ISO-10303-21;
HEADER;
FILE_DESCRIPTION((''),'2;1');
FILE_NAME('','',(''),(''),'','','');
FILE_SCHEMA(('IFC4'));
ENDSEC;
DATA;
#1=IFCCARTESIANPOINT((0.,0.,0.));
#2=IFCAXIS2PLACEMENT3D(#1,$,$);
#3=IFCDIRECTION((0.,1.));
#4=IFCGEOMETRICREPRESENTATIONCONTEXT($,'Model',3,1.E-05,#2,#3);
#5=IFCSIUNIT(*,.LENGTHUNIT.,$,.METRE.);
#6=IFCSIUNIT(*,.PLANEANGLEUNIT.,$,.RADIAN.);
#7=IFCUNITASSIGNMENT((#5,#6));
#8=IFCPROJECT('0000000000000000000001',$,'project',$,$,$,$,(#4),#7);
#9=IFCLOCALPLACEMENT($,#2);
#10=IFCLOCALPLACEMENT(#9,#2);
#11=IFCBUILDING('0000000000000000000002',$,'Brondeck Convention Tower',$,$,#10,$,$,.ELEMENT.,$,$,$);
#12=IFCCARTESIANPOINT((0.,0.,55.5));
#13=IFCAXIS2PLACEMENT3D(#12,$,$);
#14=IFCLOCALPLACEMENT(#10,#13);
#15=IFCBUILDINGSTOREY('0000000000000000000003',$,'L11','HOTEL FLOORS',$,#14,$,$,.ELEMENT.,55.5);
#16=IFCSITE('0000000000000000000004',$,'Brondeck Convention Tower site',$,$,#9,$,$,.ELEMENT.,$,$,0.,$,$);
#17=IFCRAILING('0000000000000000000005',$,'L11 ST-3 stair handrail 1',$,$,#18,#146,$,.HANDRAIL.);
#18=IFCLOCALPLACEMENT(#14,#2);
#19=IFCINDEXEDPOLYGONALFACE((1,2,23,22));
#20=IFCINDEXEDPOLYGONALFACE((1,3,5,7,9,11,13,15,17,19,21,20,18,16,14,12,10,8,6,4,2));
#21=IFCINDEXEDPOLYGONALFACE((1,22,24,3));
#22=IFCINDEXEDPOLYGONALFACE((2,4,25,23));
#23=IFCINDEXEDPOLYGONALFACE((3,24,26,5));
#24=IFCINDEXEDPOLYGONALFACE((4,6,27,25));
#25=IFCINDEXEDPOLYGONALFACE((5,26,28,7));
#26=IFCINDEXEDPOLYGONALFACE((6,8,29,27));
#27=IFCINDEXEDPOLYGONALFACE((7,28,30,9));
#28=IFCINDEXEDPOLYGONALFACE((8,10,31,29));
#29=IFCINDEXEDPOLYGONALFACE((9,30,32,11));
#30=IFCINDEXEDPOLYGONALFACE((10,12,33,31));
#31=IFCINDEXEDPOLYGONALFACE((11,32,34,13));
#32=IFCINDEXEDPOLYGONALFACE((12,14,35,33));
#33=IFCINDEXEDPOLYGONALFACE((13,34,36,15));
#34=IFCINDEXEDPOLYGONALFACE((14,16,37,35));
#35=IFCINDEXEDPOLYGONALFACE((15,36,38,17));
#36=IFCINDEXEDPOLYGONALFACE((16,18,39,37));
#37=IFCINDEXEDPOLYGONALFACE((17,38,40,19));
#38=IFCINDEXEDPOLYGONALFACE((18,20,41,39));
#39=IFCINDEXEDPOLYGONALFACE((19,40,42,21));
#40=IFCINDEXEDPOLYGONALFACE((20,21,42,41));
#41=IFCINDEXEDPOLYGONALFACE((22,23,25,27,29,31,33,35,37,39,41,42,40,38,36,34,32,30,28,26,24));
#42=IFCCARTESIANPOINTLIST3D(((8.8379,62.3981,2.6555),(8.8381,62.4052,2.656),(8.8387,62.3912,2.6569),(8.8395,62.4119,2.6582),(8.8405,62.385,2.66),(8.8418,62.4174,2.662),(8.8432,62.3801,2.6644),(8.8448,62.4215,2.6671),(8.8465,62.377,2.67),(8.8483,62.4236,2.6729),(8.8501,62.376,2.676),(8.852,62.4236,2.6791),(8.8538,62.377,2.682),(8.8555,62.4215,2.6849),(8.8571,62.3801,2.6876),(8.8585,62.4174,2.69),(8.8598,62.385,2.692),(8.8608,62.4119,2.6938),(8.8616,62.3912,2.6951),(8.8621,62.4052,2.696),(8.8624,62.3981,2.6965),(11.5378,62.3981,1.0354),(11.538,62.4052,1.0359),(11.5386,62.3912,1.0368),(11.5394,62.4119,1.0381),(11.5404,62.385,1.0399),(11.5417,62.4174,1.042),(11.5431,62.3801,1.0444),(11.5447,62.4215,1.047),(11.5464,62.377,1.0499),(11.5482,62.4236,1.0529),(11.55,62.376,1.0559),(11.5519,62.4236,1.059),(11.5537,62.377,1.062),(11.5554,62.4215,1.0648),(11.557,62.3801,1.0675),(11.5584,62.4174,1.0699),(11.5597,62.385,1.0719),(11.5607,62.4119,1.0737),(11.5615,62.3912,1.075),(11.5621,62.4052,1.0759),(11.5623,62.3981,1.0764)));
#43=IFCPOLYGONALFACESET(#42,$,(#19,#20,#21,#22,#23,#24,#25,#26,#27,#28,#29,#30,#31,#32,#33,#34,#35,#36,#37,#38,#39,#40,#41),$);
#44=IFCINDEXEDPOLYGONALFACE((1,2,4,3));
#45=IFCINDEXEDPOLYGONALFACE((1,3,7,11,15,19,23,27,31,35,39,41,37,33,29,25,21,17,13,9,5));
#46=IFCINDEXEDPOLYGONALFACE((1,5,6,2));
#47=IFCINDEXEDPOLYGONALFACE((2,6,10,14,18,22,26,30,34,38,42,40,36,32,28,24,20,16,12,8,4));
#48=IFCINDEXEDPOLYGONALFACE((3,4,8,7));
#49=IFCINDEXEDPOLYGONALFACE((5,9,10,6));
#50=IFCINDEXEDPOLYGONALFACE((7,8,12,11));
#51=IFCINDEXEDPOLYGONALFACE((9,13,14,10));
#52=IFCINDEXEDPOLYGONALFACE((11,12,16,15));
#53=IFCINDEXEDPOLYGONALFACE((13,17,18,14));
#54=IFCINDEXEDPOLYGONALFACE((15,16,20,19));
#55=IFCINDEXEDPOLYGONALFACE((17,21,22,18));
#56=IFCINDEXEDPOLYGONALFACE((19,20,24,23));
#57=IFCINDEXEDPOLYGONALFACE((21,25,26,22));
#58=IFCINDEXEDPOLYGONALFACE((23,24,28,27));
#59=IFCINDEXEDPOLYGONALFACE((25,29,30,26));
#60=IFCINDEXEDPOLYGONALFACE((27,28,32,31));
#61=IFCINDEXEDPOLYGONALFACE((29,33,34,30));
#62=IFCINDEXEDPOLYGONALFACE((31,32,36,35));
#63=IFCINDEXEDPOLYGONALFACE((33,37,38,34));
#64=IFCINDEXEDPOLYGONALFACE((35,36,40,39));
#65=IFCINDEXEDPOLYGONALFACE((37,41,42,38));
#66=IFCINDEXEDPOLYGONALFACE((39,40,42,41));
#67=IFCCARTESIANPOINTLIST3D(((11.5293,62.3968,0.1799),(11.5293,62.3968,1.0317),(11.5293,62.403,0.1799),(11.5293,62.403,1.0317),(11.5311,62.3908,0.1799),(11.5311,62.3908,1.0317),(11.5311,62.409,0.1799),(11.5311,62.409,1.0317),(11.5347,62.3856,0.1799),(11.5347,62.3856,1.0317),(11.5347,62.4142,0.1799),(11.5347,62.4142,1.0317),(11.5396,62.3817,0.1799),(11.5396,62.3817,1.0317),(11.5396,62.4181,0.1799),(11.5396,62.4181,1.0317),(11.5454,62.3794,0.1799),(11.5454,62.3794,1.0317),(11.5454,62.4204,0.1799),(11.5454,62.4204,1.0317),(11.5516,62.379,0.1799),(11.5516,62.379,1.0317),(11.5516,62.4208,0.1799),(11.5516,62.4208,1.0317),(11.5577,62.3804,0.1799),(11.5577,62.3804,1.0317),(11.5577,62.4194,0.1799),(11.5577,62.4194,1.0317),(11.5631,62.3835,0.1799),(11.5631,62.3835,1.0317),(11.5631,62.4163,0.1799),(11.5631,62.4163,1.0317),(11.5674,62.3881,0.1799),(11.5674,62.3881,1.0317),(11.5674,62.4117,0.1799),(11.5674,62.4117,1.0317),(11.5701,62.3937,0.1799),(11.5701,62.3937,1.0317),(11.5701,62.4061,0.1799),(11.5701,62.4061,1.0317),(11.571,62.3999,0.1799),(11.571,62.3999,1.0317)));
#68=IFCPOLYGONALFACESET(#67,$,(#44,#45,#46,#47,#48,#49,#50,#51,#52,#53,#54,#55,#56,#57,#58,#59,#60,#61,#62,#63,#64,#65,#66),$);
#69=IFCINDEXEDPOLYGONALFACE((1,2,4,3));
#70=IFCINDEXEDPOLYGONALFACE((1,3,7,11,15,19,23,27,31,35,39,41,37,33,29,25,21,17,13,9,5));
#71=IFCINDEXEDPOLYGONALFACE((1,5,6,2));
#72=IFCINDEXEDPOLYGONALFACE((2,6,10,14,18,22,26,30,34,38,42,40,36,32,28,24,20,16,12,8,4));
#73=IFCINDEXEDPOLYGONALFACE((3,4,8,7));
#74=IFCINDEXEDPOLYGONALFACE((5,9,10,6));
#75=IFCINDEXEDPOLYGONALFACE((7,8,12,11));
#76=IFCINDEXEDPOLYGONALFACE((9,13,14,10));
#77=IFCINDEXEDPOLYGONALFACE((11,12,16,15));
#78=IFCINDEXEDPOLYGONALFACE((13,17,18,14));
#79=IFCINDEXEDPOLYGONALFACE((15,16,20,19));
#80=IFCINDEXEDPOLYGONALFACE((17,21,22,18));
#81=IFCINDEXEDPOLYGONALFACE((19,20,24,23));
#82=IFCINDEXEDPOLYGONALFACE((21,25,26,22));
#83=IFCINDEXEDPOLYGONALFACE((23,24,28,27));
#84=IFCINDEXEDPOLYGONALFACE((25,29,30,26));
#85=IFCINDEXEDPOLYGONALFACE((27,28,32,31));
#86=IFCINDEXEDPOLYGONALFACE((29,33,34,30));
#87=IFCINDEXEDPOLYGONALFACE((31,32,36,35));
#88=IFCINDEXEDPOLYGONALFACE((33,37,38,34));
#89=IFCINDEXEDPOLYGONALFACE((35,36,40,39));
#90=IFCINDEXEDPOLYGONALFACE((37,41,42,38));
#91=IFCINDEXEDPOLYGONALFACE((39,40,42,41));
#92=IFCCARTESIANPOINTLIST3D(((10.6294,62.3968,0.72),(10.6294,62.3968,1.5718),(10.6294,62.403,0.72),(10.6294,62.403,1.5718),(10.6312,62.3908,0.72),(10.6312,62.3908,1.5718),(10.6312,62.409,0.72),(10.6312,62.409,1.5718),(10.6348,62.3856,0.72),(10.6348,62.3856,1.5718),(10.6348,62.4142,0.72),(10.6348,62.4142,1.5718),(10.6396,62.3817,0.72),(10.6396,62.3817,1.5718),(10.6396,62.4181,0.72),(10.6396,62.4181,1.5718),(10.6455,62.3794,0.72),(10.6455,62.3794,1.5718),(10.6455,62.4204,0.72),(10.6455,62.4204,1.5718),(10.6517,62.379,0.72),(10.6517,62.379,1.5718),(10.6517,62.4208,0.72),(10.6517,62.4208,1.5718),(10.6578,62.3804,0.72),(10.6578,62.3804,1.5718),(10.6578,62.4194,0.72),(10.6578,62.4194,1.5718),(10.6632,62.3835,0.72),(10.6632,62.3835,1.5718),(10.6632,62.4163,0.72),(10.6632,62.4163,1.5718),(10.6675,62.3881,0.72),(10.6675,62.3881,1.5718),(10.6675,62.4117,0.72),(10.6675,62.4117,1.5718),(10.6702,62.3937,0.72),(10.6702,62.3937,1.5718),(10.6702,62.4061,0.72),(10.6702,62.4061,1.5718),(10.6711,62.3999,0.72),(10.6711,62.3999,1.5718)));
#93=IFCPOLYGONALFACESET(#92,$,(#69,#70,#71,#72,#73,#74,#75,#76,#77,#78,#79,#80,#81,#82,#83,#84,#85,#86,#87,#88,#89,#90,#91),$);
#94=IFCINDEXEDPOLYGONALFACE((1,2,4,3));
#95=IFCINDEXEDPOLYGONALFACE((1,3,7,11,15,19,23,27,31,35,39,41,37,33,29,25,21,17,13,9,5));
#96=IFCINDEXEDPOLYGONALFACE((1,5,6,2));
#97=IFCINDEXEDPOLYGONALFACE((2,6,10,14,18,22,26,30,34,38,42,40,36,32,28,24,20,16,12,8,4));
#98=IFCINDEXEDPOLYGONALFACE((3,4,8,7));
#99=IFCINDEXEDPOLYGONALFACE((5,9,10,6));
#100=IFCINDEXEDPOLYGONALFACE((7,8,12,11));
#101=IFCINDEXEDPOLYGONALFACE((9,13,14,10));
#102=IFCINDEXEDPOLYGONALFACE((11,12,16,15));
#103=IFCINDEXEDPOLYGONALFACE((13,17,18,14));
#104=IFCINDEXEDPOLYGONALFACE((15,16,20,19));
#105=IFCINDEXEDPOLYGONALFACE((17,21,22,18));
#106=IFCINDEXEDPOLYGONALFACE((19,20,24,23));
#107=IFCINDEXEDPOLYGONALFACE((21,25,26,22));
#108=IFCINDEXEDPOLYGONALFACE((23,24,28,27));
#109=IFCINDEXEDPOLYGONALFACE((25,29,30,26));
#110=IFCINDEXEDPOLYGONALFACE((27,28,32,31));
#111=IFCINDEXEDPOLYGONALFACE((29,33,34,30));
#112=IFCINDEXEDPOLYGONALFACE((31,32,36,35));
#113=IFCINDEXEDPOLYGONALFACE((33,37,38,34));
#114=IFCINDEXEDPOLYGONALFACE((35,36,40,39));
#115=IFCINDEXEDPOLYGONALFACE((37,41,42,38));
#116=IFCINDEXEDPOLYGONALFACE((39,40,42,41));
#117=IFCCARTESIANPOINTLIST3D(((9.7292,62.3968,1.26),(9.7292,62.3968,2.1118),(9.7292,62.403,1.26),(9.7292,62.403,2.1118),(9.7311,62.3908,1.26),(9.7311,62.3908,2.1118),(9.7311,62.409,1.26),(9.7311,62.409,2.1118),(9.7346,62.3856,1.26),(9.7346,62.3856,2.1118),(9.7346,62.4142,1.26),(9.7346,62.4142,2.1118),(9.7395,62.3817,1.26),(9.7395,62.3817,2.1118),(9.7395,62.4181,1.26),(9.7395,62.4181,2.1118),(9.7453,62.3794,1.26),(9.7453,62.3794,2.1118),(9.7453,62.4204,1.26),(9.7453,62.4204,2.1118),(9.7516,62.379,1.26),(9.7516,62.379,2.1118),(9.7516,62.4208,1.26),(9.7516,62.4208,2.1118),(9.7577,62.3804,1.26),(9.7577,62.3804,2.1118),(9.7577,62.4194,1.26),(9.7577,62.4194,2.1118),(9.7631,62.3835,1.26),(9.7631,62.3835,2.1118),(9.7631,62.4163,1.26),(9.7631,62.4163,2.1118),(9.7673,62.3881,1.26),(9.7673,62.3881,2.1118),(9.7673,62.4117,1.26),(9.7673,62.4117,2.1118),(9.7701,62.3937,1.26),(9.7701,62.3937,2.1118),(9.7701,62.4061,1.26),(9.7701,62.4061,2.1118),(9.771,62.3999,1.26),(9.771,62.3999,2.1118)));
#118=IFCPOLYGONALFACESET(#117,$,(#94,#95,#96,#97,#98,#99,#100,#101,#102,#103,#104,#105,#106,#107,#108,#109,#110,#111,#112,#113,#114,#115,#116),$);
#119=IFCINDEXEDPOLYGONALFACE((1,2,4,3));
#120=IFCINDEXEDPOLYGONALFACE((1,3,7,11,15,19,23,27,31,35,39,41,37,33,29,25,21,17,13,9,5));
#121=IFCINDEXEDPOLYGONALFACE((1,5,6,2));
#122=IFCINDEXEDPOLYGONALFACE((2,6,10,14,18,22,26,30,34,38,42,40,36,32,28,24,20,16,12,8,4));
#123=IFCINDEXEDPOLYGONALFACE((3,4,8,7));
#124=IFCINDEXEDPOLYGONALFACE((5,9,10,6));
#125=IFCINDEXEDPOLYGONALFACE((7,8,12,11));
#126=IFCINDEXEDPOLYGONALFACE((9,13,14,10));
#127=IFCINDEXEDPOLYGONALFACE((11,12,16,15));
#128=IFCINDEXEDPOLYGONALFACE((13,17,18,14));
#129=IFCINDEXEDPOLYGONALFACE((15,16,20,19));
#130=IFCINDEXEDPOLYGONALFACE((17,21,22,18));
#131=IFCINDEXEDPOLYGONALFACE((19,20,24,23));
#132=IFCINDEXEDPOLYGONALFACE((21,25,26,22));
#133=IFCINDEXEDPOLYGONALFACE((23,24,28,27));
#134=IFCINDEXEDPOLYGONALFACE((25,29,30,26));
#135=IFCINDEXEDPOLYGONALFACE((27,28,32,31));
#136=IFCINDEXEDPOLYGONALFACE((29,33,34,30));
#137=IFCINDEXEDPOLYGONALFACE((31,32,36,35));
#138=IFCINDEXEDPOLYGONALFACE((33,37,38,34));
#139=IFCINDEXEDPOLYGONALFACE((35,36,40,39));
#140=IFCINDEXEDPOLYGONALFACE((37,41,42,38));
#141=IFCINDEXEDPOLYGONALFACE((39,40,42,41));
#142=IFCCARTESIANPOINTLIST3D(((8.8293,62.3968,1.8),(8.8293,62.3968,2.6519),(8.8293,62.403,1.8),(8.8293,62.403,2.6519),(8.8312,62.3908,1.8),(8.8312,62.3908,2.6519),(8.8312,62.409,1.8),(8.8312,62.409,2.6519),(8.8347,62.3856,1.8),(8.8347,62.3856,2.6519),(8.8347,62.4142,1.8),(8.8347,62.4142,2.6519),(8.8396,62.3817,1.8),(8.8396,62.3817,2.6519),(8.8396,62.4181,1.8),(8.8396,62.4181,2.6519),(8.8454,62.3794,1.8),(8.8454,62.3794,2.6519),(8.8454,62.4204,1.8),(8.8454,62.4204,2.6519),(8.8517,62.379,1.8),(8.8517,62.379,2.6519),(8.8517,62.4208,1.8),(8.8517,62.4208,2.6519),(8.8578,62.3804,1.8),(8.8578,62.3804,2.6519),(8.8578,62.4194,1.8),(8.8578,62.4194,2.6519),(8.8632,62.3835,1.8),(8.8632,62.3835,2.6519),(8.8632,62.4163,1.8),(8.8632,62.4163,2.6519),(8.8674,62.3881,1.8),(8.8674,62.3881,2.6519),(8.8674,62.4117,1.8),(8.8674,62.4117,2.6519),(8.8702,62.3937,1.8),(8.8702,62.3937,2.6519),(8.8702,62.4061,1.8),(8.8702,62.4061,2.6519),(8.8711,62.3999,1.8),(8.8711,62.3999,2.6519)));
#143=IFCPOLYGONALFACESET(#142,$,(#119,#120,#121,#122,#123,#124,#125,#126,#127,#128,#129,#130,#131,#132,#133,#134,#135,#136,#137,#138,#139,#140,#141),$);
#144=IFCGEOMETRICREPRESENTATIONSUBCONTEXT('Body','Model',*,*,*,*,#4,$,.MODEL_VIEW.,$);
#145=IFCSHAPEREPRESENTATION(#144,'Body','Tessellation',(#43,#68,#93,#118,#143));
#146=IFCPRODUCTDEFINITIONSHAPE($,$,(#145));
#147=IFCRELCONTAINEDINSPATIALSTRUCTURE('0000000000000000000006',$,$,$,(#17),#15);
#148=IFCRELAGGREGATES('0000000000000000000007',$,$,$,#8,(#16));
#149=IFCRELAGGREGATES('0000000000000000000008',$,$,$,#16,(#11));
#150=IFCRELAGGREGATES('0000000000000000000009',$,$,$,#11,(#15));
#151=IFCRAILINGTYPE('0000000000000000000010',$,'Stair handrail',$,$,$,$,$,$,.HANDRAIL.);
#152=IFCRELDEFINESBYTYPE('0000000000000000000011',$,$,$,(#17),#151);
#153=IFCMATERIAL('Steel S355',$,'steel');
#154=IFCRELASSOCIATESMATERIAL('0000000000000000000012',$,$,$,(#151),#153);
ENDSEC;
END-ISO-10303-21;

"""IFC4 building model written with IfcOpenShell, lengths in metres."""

from ifc_helpers import new_model, si_unit, direction, frame, origin, origin_2d, place, context, subcontext, project, spatial, circle, extrude, material, type_object, element, save


model = new_model("IFC4")

# Units and contexts
model_context = context("Model", 3, precision=1e-05, world=origin(), true_north=direction((0.0, 1.0)))
body_context = subcontext(model_context, "Body", "Model", "MODEL_VIEW")
ifc_project = project(units=[si_unit("LENGTHUNIT", "METRE"), si_unit("PLANEANGLEUNIT", "RADIAN")], contexts=[model_context])

# Site, building, storey
site_placement = place(None, origin())
site = spatial("IfcSite", under=ifc_project, at=site_placement, Name="Brondeck Convention Tower site", CompositionType="ELEMENT", RefElevation=0.0)
building_placement = place(site_placement, origin())
building = spatial("IfcBuilding", under=site, at=building_placement, Name="Brondeck Convention Tower", CompositionType="ELEMENT")
storey_placement = place(building_placement, frame((0.0, 0.0, 55.5)))
storey = spatial("IfcBuildingStorey", under=building, at=storey_placement, Name="L11", Description="HOTEL FLOORS", CompositionType="ELEMENT", Elevation=55.5)

# Railing
ifc_material_1 = material(Name="Steel S355", Category="steel")
railing_type_1 = type_object("IfcRailingType", Name="Stair handrail", PredefinedType="HANDRAIL", material=ifc_material_1)
railing_1_placement = place(storey_placement, frame((11.55, 62.3999, 0.1799)))
element("IfcRailing", 1, at=railing_1_placement, inside=storey, type_object=railing_type_1, Name="L11 ST-3 stair handrail 1", PredefinedType="HANDRAIL", context=body_context, shape_type="SweptSolid", body=[
    extrude(circle(Radius=0.0239, at=origin_2d()), frame((0.0, 0.0, 0.876), z_axis=(-0.857472, 0.0, 0.51453), x_axis=(0.0, -1.0, 0.0)), (0.0, 0.0, 1.0), 3.1487),
    extrude(circle(Radius=0.021, at=origin_2d()), origin(), (0.0, 0.0, 1.0), 0.8518),
    extrude(circle(Radius=0.021, at=origin_2d()), frame((-0.8999, 0.0, 0.54)), (0.0, 0.0, 1.0), 0.8518),
    extrude(circle(Radius=0.021, at=origin_2d()), frame((-1.8, 0.0, 1.0801)), (0.0, 0.0, 1.0), 0.8518),
    extrude(circle(Radius=0.021, at=origin_2d()), frame((-2.7, 0.0, 1.6201)), (0.0, 0.0, 1.0), 0.8518),
])

save(model, "model.ifc")
